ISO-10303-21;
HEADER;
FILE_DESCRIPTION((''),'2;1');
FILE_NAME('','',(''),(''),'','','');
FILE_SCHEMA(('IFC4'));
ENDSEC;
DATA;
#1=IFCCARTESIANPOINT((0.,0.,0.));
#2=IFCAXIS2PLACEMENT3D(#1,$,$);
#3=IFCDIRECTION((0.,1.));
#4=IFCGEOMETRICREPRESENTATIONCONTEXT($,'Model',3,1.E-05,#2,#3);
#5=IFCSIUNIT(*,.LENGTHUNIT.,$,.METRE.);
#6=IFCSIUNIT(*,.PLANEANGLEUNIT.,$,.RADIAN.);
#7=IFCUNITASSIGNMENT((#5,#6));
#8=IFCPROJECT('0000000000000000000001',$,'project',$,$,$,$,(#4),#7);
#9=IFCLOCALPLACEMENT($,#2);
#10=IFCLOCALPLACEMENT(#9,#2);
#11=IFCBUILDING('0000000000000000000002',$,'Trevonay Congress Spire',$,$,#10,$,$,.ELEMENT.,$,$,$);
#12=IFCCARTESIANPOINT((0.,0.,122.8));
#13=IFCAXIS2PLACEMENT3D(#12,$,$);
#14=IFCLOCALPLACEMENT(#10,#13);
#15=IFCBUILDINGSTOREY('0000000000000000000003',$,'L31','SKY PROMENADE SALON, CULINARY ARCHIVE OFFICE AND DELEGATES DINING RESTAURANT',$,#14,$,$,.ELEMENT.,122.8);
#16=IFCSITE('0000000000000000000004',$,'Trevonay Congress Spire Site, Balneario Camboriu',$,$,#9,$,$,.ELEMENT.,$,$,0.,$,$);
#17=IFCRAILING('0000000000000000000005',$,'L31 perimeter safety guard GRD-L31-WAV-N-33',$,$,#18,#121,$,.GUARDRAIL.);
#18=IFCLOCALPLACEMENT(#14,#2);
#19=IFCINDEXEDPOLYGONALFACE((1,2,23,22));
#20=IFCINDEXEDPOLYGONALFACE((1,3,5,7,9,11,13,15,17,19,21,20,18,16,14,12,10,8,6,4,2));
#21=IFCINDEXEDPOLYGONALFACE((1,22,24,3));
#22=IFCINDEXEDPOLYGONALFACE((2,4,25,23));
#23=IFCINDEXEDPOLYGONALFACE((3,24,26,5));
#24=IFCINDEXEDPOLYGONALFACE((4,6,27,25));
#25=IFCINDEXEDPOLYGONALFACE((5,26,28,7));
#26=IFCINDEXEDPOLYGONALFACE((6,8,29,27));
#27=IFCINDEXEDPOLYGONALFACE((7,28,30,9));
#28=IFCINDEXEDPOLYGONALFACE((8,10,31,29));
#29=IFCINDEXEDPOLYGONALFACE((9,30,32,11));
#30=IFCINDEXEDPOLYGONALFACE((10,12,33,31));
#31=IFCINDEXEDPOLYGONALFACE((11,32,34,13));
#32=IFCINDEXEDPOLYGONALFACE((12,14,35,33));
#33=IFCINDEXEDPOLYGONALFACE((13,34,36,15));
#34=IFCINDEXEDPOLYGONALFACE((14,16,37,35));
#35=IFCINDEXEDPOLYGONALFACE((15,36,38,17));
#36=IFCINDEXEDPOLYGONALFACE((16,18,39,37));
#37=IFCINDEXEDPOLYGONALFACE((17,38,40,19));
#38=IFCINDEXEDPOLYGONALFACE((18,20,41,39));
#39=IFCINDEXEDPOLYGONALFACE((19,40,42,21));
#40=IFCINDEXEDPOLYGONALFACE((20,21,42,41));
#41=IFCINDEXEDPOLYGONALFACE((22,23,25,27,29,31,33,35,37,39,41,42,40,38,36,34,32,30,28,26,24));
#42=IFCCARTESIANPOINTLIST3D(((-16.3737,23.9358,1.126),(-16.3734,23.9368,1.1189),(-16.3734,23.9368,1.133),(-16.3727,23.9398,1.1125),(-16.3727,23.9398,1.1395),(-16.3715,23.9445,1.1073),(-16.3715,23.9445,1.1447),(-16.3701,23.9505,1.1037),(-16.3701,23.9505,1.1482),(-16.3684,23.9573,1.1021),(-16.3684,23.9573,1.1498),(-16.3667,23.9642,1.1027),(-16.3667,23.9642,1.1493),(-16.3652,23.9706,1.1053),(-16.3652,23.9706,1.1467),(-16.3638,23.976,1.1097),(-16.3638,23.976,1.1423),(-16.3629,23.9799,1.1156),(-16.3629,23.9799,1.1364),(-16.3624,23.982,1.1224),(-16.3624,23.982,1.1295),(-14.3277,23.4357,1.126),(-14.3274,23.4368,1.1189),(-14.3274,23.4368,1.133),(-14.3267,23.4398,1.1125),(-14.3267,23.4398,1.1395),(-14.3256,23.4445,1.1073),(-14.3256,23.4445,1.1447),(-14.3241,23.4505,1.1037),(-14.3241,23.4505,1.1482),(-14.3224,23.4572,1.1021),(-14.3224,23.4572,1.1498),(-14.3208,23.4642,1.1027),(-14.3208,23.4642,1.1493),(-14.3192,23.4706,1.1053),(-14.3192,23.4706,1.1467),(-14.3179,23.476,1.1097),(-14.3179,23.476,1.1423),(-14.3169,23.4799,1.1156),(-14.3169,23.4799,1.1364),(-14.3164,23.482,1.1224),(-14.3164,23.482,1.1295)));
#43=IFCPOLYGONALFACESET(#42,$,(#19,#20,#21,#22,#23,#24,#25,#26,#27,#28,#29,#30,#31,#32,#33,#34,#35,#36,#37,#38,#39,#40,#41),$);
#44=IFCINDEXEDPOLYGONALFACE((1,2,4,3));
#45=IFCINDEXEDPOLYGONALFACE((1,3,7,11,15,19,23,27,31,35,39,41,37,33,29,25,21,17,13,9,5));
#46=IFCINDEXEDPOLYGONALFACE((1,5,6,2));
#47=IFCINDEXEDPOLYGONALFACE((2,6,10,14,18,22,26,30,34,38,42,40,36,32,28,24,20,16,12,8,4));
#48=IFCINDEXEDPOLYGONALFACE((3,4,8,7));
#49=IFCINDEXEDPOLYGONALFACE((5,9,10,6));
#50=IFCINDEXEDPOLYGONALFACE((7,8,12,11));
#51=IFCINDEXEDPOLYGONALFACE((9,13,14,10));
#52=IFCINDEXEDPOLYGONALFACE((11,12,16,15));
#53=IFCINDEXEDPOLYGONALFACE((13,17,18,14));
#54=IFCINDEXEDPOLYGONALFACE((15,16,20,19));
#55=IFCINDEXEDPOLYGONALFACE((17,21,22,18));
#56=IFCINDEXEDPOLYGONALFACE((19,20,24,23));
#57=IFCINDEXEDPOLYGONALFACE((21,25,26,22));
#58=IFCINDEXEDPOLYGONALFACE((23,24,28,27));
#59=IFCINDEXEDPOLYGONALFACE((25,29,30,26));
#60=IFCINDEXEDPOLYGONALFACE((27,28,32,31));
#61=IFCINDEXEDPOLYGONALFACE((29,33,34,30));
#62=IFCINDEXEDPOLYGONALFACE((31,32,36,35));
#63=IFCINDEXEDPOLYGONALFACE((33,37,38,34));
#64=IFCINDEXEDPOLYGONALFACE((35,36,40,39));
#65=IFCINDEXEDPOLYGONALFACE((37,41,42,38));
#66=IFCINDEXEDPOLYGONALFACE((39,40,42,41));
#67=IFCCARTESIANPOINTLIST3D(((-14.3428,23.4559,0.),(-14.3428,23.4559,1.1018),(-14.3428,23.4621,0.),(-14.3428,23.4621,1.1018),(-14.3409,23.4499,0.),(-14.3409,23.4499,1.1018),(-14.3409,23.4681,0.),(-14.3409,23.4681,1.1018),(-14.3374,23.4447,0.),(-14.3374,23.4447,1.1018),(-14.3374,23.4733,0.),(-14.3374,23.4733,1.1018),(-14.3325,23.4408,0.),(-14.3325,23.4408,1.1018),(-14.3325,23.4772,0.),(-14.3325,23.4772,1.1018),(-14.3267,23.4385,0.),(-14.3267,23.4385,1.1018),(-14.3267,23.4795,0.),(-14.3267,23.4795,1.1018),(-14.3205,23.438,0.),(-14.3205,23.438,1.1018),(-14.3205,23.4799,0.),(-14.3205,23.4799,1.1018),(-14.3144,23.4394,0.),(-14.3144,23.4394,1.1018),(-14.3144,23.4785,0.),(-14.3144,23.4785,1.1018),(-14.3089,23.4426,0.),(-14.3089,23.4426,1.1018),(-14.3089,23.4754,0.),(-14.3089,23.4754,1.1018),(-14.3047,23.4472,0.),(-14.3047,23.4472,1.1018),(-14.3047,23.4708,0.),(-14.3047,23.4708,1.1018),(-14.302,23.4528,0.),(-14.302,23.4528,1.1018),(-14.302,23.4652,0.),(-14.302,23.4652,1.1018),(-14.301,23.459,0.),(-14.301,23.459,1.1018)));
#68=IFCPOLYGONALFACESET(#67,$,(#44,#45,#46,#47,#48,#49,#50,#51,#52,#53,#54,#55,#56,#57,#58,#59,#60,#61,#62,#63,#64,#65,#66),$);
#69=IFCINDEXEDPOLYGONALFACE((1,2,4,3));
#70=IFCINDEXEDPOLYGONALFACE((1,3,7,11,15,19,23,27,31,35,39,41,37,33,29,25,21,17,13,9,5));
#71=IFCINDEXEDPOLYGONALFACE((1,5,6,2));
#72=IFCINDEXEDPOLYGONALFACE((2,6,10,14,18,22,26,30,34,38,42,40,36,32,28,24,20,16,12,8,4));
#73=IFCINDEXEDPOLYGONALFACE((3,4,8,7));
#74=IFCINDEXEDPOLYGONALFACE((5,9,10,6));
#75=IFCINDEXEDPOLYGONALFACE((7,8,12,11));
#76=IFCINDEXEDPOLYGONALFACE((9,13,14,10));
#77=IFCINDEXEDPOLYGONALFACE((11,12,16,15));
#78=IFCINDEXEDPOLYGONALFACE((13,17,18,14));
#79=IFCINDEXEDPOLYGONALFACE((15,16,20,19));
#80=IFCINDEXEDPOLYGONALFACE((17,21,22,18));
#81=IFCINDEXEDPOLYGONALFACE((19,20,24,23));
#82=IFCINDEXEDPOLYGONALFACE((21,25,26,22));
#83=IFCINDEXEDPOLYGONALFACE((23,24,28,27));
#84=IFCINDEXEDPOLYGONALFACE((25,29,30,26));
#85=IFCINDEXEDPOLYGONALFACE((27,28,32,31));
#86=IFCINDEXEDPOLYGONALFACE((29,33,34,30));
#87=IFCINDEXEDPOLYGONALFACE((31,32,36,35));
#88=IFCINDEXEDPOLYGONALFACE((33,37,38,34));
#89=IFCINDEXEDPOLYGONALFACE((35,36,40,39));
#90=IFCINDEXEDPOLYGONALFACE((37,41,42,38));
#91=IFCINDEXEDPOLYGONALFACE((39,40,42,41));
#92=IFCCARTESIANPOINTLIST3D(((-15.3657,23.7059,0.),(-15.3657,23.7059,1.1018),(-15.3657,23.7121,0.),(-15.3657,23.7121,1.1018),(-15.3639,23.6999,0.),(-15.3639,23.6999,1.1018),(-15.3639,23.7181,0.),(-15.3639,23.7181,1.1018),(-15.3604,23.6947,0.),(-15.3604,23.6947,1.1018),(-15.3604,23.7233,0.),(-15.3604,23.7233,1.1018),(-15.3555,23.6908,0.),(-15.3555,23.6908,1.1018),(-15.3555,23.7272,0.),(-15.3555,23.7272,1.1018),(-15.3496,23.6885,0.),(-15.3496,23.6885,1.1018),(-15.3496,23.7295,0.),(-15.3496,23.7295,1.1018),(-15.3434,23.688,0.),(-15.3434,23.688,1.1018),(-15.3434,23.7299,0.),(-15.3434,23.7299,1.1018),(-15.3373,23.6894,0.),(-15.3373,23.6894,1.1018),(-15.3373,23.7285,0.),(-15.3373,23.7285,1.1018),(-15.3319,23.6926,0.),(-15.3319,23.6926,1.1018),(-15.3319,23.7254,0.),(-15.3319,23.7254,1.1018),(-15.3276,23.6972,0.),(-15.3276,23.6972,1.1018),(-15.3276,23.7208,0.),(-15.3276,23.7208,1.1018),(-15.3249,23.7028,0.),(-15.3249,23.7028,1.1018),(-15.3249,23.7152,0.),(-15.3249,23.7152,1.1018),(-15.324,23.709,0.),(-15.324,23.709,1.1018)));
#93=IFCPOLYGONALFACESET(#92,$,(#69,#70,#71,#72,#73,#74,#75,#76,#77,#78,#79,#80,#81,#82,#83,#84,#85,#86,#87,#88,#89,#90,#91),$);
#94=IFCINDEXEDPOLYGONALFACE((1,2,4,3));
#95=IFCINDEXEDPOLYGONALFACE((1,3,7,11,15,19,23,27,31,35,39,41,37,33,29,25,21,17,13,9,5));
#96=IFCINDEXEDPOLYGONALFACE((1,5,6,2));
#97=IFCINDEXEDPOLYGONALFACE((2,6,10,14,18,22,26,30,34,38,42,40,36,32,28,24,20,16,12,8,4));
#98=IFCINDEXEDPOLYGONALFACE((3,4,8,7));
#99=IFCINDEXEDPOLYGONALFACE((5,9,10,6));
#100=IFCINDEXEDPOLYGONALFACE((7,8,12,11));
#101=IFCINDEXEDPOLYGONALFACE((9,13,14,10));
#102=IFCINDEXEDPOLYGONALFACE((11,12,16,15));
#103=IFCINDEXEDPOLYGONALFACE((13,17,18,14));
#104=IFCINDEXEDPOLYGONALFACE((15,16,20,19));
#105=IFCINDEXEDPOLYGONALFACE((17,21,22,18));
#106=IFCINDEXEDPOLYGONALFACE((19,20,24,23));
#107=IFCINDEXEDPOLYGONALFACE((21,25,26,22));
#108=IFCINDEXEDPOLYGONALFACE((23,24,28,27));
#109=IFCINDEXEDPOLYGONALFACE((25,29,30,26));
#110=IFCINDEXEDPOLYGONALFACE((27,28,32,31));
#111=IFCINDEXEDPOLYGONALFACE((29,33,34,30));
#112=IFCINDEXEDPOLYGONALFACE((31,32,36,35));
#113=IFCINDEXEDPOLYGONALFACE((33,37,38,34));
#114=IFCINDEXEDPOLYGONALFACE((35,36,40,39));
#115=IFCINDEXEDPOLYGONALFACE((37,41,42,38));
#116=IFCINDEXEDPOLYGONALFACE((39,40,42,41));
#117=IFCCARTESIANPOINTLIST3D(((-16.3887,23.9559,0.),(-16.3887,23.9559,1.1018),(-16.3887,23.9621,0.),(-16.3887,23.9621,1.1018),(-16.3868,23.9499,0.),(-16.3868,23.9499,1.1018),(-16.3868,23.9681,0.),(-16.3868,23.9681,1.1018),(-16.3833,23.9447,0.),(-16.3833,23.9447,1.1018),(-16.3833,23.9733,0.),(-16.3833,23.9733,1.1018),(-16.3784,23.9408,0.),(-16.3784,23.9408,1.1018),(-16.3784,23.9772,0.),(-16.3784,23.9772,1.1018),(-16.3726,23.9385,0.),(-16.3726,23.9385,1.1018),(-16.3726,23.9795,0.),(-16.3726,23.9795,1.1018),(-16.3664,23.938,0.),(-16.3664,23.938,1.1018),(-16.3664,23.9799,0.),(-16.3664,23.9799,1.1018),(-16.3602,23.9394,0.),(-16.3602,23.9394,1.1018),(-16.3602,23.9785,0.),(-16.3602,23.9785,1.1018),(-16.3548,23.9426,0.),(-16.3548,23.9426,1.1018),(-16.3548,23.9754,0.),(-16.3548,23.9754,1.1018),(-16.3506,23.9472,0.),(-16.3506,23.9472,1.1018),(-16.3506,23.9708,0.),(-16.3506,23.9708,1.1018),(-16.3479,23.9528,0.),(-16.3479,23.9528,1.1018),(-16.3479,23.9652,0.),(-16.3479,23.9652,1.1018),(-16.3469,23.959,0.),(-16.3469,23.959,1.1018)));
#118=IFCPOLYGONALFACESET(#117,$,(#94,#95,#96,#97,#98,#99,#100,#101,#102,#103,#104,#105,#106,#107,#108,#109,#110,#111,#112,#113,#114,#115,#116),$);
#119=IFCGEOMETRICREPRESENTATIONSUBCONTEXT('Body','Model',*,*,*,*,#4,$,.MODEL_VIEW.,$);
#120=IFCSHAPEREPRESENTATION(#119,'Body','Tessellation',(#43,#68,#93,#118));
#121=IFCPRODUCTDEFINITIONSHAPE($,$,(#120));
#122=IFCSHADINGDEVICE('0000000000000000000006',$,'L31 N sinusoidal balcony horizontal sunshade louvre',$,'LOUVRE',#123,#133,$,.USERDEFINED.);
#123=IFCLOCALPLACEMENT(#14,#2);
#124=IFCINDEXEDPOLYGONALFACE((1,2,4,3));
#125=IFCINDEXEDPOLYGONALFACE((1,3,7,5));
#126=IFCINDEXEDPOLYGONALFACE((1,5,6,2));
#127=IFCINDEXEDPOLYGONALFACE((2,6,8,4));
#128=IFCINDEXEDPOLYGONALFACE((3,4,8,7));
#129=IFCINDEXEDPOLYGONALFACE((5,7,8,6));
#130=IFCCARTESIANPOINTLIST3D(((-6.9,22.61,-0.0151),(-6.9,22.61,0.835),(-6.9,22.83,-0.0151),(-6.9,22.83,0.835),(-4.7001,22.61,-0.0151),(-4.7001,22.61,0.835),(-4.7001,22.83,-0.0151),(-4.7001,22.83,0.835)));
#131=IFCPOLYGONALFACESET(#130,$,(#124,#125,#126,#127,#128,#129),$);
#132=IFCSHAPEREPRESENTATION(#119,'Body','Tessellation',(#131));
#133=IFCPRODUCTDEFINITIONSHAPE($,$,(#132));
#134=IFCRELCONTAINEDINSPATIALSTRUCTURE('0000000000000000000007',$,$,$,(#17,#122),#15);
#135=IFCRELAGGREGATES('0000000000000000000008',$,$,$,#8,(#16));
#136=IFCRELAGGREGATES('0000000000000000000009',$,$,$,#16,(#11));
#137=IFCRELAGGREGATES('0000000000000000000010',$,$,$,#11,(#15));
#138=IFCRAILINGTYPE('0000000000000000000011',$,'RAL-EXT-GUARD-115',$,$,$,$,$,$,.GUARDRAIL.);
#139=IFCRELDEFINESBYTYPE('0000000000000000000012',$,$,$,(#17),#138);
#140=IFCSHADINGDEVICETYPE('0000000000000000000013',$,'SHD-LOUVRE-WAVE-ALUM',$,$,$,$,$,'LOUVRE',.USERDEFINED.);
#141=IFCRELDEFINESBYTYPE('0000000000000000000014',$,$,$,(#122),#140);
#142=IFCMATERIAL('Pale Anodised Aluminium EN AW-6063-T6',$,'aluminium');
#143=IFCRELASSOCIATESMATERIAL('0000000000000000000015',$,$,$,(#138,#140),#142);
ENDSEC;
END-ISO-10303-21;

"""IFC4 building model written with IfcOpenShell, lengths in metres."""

from ifc_helpers import new_model, si_unit, direction, frame, origin, origin_2d, place, context, subcontext, project, spatial, rectangle, circle, extrude, material, type_object, element, save


model = new_model("IFC4")

# Units and contexts
model_context = context("Model", 3, precision=1e-05, world=origin(), true_north=direction((0.0, 1.0)))
body_context = subcontext(model_context, "Body", "Model", "MODEL_VIEW")
ifc_project = project(units=[si_unit("LENGTHUNIT", "METRE"), si_unit("PLANEANGLEUNIT", "RADIAN")], contexts=[model_context])

# Site, building, storey
site_placement = place(None, origin())
site = spatial("IfcSite", under=ifc_project, at=site_placement, Name="Trevonay Congress Spire Site, Balneario Camboriu", CompositionType="ELEMENT", RefElevation=0.0)
building_placement = place(site_placement, origin())
building = spatial("IfcBuilding", under=site, at=building_placement, Name="Trevonay Congress Spire", CompositionType="ELEMENT")
storey_placement = place(building_placement, frame((0.0, 0.0, 122.8)))
storey = spatial("IfcBuildingStorey", under=building, at=storey_placement, Name="L31", Description="SKY PROMENADE SALON, CULINARY ARCHIVE OFFICE AND DELEGATES DINING RESTAURANT", CompositionType="ELEMENT", Elevation=122.8)

# Shared definitions
ifc_material_1 = material(Name="Pale Anodised Aluminium EN AW-6063-T6", Category="aluminium")

# Railing
railing_type = type_object("IfcRailingType", Name="RAL-EXT-GUARD-115", PredefinedType="GUARDRAIL", material=ifc_material_1)
railing_1_placement = place(storey_placement, frame((-14.322, 23.459, 0.0)))
element("IfcRailing", 1, at=railing_1_placement, inside=storey, type_object=railing_type, Name="L31 perimeter safety guard GRD-L31-WAV-N-33", PredefinedType="GUARDRAIL", context=body_context, shape_type="SweptSolid", body=[
    extrude(circle(Radius=0.0239, at=origin_2d()), frame((0.0, 0.0, 1.126), z_axis=(-0.971411, 0.237404, 0.0), x_axis=(-0.237404, -0.971411, 0.0)), (0.0, 0.0, 1.0), 2.1062),
    extrude(circle(Radius=0.021, at=origin_2d()), origin(), (0.0, 0.0, 1.0), 1.1018),
    extrude(circle(Radius=0.021, at=origin_2d()), frame((-1.0229, 0.25, 0.0)), (0.0, 0.0, 1.0), 1.1018),
    extrude(circle(Radius=0.021, at=origin_2d()), frame((-2.0459, 0.5, 0.0)), (0.0, 0.0, 1.0), 1.1018),
])

# Shading device
shading_device_type = type_object("IfcShadingDeviceType", Name="SHD-LOUVRE-WAVE-ALUM", ElementType="LOUVRE", PredefinedType="USERDEFINED", material=ifc_material_1)
shading_device_placement = place(storey_placement, frame((-5.8, 22.72, -0.0151), z_axis=(0.0, 0.0, 1.0), x_axis=(1.0, 0.0, 0.0)))
element("IfcShadingDevice", 2, at=shading_device_placement, inside=storey, type_object=shading_device_type, Name="L31 N sinusoidal balcony horizontal sunshade louvre", ObjectType="LOUVRE", PredefinedType="USERDEFINED", context=body_context, shape_type="SweptSolid", body=[
    extrude(rectangle(XDim=2.2, YDim=0.22, at=origin_2d()), origin(), (0.0, 0.0, 1.0), 0.8501),
])

save(model, "model.ifc")
